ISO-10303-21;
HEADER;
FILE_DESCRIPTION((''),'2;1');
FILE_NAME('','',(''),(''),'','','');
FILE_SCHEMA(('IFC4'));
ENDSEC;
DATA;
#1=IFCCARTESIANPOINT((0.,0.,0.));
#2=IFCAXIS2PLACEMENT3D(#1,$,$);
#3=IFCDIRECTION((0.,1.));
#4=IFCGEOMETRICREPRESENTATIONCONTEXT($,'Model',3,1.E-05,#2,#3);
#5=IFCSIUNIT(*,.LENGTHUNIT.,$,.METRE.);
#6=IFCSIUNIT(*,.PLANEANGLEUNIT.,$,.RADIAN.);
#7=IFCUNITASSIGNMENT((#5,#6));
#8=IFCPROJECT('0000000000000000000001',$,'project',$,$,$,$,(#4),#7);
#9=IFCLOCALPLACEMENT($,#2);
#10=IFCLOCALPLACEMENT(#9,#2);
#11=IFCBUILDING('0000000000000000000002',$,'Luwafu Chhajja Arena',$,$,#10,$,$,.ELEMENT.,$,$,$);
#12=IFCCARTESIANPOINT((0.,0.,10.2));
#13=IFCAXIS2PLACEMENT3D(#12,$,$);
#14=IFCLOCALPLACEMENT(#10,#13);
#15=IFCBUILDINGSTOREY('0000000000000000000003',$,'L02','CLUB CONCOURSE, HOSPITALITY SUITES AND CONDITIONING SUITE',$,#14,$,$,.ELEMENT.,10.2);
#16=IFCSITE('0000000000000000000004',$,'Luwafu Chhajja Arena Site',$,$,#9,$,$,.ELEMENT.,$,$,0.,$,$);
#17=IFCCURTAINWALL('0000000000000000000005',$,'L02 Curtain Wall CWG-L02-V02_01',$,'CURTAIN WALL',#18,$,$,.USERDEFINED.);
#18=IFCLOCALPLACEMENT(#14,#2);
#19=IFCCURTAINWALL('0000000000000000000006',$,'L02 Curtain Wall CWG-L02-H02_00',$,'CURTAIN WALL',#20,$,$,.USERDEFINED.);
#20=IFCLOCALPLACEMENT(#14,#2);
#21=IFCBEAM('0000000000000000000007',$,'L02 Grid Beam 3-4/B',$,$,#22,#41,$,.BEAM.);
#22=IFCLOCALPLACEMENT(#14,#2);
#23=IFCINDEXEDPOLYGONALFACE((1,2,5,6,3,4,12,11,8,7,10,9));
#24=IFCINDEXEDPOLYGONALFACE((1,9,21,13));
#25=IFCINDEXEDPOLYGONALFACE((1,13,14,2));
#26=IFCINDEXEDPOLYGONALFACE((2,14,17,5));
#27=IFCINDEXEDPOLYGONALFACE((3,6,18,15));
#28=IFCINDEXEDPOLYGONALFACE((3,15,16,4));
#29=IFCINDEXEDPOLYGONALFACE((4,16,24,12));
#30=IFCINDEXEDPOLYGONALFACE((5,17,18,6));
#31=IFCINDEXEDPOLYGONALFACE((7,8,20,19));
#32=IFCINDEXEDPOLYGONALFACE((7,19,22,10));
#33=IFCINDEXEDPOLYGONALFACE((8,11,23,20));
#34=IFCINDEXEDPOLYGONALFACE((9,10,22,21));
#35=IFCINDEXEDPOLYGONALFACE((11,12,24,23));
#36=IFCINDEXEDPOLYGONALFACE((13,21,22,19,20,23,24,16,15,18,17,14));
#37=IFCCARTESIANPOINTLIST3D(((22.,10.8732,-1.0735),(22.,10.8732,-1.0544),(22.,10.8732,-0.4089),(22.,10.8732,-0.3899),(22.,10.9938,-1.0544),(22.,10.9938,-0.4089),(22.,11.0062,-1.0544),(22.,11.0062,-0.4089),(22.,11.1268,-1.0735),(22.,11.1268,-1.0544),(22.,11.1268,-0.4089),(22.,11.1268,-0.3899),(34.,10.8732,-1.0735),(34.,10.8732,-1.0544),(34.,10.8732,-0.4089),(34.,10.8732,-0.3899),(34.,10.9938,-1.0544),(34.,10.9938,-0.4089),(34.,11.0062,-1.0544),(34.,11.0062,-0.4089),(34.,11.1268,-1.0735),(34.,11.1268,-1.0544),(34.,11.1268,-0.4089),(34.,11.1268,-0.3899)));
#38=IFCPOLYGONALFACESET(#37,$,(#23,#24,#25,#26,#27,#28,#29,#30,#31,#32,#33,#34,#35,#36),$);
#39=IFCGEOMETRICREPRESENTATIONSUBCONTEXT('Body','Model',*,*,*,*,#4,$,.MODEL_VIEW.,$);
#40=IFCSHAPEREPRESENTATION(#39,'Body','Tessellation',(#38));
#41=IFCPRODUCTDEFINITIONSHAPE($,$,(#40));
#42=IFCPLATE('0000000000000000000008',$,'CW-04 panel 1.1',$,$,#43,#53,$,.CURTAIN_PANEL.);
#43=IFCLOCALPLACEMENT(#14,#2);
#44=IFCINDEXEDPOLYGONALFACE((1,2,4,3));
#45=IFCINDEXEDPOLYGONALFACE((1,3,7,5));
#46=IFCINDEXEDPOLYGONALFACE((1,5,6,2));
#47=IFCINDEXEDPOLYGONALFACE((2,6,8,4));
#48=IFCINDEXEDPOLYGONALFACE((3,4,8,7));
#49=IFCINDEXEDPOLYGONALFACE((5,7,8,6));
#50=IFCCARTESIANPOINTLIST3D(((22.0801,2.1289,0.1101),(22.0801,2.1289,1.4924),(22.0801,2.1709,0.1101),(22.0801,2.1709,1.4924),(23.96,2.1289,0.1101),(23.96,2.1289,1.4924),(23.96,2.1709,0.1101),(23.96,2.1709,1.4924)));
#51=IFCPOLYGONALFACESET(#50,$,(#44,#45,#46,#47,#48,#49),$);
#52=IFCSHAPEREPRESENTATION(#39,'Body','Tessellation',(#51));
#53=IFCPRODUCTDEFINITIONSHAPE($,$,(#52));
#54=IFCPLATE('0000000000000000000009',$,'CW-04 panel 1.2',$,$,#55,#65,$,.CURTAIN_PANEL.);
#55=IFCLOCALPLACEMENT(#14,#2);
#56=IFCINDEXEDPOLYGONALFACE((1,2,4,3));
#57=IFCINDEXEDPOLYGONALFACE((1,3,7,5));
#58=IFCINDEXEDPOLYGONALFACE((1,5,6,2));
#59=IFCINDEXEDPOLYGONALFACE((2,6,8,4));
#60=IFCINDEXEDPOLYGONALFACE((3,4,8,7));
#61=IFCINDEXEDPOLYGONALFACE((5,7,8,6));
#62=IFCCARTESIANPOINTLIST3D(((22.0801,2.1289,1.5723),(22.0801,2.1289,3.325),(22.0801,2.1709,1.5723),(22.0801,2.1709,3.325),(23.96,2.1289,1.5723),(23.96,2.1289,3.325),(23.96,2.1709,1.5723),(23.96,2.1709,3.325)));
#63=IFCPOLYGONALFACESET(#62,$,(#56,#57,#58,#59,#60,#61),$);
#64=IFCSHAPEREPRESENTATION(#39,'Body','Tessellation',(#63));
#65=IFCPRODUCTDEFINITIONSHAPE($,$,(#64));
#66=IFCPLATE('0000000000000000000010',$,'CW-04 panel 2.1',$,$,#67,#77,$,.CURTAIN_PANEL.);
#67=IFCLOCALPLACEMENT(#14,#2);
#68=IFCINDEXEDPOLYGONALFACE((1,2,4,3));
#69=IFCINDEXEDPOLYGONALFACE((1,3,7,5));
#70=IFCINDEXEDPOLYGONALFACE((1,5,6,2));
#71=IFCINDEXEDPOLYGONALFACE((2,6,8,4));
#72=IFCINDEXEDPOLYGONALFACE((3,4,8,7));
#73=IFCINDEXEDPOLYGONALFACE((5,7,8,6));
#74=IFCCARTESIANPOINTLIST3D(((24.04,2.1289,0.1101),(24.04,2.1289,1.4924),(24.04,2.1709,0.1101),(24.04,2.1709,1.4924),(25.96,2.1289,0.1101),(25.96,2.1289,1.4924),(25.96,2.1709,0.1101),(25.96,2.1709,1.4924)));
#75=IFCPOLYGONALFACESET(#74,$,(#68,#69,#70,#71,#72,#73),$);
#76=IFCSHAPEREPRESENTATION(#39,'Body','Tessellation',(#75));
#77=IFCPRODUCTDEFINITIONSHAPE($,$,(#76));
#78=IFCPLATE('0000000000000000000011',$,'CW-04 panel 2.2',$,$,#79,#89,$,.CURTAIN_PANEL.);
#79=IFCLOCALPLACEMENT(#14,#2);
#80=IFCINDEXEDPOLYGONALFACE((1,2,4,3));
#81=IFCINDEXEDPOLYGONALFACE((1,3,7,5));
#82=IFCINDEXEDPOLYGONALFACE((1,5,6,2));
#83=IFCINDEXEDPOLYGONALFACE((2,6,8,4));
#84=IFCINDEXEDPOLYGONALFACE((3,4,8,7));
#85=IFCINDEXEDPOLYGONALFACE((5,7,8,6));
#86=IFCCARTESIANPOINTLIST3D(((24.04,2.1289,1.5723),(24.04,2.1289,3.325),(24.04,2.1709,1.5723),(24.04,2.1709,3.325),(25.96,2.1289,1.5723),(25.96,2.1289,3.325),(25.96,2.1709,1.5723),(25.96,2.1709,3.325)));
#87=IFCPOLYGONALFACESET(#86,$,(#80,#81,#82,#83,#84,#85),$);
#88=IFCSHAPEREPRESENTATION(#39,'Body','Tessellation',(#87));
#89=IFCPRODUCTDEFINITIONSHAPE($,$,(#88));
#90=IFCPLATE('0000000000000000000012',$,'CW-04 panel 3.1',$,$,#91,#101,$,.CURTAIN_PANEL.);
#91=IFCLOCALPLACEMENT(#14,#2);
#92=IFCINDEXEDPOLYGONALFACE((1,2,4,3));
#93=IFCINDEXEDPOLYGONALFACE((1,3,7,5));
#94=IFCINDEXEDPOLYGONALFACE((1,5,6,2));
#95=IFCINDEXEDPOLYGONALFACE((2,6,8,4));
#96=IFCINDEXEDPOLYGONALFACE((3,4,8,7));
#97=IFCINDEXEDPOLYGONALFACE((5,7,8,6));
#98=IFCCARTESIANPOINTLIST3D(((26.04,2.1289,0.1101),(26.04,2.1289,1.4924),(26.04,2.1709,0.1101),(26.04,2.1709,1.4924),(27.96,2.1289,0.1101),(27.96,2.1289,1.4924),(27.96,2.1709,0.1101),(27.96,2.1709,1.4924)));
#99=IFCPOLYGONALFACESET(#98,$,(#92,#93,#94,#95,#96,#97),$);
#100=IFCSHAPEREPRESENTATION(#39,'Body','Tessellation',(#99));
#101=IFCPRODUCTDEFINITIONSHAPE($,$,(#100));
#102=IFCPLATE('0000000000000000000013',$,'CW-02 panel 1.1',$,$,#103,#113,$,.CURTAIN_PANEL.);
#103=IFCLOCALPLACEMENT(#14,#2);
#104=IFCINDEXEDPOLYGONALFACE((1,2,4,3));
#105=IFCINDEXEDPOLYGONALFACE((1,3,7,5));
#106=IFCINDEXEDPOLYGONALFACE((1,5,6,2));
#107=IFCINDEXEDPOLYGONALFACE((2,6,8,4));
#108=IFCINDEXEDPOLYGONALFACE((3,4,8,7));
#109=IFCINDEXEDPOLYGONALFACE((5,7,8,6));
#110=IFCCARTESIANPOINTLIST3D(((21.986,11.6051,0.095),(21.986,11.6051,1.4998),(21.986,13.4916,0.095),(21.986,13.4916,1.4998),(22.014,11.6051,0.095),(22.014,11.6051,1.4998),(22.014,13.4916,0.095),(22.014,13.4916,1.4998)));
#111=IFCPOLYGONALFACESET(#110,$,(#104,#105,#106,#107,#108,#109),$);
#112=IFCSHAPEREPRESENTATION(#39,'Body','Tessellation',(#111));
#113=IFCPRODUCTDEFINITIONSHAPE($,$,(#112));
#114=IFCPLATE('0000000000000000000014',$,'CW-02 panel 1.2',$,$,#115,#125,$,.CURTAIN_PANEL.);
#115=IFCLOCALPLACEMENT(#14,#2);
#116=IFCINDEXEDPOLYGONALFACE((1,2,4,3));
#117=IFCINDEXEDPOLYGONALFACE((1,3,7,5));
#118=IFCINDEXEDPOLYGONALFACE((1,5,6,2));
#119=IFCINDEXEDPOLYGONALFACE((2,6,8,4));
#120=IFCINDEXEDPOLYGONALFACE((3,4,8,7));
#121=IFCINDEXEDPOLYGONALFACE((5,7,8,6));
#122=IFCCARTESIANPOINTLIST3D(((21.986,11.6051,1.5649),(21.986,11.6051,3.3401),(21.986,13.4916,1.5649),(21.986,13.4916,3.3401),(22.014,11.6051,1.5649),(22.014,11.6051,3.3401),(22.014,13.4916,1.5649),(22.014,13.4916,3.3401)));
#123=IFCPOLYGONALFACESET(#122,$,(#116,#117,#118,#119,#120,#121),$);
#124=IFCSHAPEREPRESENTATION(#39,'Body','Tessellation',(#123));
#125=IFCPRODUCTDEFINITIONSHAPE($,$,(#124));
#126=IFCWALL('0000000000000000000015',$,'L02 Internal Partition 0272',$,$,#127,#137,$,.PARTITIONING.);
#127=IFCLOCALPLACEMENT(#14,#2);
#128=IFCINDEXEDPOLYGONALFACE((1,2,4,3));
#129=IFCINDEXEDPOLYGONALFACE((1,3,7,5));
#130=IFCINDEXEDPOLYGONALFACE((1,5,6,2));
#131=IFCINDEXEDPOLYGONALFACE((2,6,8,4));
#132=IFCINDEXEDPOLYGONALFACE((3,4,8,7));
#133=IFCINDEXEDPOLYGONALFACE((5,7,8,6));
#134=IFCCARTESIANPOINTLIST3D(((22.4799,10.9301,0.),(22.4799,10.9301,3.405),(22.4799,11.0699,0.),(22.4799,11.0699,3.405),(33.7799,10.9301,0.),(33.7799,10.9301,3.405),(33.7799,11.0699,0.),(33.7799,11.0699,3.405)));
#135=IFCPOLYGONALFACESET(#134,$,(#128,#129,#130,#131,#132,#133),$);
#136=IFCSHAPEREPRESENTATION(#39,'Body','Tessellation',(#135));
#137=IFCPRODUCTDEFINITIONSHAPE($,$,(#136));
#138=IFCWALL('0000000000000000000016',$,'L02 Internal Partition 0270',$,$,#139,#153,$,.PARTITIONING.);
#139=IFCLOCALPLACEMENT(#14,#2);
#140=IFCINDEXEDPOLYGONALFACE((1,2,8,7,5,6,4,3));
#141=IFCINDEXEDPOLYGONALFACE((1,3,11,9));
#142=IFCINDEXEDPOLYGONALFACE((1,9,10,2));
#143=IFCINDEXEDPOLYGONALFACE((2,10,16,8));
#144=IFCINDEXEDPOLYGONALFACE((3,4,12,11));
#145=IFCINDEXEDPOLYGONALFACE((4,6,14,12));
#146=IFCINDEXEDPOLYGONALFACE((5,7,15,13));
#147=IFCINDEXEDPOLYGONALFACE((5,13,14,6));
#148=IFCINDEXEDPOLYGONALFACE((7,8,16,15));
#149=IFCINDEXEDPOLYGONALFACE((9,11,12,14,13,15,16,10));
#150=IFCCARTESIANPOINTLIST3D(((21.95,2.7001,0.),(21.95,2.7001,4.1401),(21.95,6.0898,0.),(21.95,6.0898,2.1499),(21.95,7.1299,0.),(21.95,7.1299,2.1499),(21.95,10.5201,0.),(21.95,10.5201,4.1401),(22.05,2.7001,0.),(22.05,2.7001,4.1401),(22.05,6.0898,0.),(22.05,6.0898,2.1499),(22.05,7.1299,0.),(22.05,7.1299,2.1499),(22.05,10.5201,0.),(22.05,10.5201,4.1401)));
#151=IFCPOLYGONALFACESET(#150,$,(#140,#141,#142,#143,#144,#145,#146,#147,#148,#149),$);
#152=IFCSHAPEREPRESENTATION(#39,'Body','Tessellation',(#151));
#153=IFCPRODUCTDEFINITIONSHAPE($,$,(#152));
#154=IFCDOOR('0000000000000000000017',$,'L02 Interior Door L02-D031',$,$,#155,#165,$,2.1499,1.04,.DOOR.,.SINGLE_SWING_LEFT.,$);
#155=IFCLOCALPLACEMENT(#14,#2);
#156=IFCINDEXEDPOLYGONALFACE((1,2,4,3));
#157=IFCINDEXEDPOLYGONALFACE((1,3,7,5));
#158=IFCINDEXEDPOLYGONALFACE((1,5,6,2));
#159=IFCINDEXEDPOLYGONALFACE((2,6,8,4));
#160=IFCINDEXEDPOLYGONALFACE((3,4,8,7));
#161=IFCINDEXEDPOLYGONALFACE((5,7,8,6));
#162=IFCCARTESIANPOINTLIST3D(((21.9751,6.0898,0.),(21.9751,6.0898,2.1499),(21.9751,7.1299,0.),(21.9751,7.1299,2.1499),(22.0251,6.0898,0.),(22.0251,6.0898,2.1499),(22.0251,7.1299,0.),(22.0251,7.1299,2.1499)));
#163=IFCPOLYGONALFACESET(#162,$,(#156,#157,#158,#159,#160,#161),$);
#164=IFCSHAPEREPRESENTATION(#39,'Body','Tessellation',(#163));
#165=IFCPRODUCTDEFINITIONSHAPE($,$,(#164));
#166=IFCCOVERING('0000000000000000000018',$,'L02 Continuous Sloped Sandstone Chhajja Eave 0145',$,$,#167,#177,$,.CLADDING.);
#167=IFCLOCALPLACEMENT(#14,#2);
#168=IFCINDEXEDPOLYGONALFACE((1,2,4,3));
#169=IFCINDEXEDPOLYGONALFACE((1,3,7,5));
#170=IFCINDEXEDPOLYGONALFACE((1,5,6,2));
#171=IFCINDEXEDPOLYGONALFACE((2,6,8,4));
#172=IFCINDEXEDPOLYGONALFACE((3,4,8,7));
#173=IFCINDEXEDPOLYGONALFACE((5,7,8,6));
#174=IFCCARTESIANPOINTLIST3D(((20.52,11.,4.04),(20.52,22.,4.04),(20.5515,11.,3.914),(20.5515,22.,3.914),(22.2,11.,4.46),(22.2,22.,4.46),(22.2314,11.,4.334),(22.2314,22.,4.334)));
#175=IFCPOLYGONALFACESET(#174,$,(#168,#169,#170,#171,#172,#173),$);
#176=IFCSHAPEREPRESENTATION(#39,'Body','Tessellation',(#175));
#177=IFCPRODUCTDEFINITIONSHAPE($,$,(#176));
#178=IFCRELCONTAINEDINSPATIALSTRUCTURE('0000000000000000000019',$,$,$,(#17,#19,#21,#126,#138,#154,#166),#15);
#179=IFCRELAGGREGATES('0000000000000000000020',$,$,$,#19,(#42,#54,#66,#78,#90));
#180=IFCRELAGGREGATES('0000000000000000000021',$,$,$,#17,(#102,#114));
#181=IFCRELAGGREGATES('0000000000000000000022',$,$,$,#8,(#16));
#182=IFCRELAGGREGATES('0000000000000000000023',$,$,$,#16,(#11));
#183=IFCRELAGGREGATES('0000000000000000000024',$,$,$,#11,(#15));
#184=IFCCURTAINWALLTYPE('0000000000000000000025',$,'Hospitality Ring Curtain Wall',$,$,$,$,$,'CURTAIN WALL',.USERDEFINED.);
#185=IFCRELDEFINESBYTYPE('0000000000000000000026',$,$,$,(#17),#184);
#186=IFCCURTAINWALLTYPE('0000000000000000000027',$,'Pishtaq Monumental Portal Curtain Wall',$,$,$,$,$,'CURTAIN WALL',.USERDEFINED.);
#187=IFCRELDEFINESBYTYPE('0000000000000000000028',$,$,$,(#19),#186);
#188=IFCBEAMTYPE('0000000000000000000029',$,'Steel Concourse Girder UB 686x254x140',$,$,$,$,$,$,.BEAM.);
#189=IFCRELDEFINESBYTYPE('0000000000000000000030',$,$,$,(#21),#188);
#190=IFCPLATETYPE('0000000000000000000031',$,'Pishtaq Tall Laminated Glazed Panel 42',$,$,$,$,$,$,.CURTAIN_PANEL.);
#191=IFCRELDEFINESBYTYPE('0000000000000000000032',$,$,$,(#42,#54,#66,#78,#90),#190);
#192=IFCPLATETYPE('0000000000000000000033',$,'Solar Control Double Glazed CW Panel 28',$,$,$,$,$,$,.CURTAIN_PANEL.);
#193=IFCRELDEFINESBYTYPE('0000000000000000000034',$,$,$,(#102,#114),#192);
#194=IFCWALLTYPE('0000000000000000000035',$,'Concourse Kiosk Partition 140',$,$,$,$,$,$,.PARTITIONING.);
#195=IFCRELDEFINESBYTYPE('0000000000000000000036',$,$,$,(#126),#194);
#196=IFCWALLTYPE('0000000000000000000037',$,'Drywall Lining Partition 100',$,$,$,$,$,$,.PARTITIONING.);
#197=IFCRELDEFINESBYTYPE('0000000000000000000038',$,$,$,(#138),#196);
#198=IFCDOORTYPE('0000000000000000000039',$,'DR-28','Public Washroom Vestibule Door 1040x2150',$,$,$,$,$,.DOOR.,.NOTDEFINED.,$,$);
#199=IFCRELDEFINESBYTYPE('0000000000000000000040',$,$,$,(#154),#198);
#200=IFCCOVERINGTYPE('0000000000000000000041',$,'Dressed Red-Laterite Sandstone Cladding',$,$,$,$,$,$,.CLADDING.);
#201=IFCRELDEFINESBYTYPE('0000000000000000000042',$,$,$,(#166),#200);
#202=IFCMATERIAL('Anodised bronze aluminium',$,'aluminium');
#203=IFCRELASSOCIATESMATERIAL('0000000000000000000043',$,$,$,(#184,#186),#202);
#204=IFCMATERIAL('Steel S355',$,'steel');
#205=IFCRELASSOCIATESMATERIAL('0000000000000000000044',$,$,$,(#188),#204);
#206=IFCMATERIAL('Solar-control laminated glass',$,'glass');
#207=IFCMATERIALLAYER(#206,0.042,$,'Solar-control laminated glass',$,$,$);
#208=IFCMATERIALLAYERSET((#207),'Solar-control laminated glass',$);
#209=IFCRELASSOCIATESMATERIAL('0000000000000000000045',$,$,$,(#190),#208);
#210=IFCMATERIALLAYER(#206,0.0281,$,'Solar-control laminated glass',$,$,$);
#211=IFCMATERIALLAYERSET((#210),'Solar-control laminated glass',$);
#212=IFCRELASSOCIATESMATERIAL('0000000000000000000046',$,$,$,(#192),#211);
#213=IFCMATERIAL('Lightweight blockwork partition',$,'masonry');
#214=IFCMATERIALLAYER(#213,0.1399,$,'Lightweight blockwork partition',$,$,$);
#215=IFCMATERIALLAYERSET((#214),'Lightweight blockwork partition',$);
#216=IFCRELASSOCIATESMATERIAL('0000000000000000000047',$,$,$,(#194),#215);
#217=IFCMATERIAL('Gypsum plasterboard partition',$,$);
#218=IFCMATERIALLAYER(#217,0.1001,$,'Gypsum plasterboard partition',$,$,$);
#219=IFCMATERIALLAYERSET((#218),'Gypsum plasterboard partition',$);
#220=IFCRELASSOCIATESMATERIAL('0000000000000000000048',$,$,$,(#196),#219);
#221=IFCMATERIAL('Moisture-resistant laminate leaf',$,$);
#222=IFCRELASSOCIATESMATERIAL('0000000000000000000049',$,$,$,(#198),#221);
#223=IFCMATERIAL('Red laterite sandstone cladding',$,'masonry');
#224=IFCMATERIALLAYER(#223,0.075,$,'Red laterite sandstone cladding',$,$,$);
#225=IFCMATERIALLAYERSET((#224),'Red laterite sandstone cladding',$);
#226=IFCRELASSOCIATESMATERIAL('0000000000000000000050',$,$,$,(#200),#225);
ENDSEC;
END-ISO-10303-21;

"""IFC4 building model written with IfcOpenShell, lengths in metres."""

from ifc_helpers import new_model, si_unit, direction, frame, frame_2d, origin, origin_2d, place, context, subcontext, project, spatial, polyline, rectangle, i_section, outline, extrude, material, layer, layer_set, material_profile, profile_set, type_object, element, fill, aggregate, save


model = new_model("IFC4")

# Units and contexts
model_context = context("Model", 3, precision=1e-05, world=origin(), true_north=direction((0.0, 1.0)))
body_context = subcontext(model_context, "Body", "Model", "MODEL_VIEW")
ifc_project = project(units=[si_unit("LENGTHUNIT", "METRE"), si_unit("PLANEANGLEUNIT", "RADIAN")], contexts=[model_context])

# Site, building, storey
site_placement = place(None, origin())
site = spatial("IfcSite", under=ifc_project, at=site_placement, Name="Luwafu Chhajja Arena Site", CompositionType="ELEMENT", RefElevation=0.0)
building_placement = place(site_placement, origin())
building = spatial("IfcBuilding", under=site, at=building_placement, Name="Luwafu Chhajja Arena", CompositionType="ELEMENT")
storey_placement = place(building_placement, frame((0.0, 0.0, 10.2)))
storey = spatial("IfcBuildingStorey", under=building, at=storey_placement, Name="L02", Description="CLUB CONCOURSE, HOSPITALITY SUITES AND CONDITIONING SUITE", CompositionType="ELEMENT", Elevation=10.2)

# Curtain walls
ifc_material_1 = material(Name="Anodised bronze aluminium", Category="aluminium")
curtain_wall_type_1 = type_object("IfcCurtainWallType", Name="Hospitality Ring Curtain Wall", ElementType="CURTAIN WALL", PredefinedType="USERDEFINED", material=ifc_material_1)
curtain_wall_1_placement = place(storey_placement, origin())
curtain_wall_1 = element("IfcCurtainWall", 1, at=curtain_wall_1_placement, inside=storey, type_object=curtain_wall_type_1, Name="L02 Curtain Wall CWG-L02-V02_01", ObjectType="CURTAIN WALL", PredefinedType="USERDEFINED")
curtain_wall_type_2 = type_object("IfcCurtainWallType", Name="Pishtaq Monumental Portal Curtain Wall", ElementType="CURTAIN WALL", PredefinedType="USERDEFINED", material=ifc_material_1)
curtain_wall_2_placement = place(storey_placement, origin())
curtain_wall_2 = element("IfcCurtainWall", 2, at=curtain_wall_2_placement, inside=storey, type_object=curtain_wall_type_2, Name="L02 Curtain Wall CWG-L02-H02_00", ObjectType="CURTAIN WALL", PredefinedType="USERDEFINED")

# Beam
ifc_material_2 = material(Name="Steel S355", Category="steel")
ifc_material_profile_1 = material_profile(ifc_material_2, i_section(OverallWidth=0.2537, OverallDepth=0.6836, WebThickness=0.0125, FlangeThickness=0.019, at=origin_2d()), Name="UB 686x254x140")
ifc_profile_set_1 = profile_set([ifc_material_profile_1], Name="Steel S355")
beam_type_1 = type_object("IfcBeamType", Name="Steel Concourse Girder UB 686x254x140", PredefinedType="BEAM", material=ifc_profile_set_1)
beam_1_placement = place(storey_placement, frame((22.0, 11.0, -0.7317), z_axis=(1.0, 0.0, 0.0), x_axis=(0.0, 1.0, 0.0)))
element("IfcBeam", 3, at=beam_1_placement, inside=storey, type_object=beam_type_1, Name="L02 Grid Beam 3-4/B", PredefinedType="BEAM", context=body_context, shape_type="SweptSolid", body=[
    extrude(i_section(OverallWidth=0.2537, OverallDepth=0.6836, WebThickness=0.0125, FlangeThickness=0.019, at=origin_2d()), origin(), (0.0, 0.0, 1.0), 12.0),
])

# Plates
ifc_material_3 = material(Name="Solar-control laminated glass", Category="glass")
ifc_layer_1 = layer(ifc_material_3, 0.042, Name="Solar-control laminated glass")
ifc_layer_set_1 = layer_set([ifc_layer_1], Name="Solar-control laminated glass")
plate_type_1 = type_object("IfcPlateType", Name="Pishtaq Tall Laminated Glazed Panel 42", PredefinedType="CURTAIN_PANEL", material=ifc_layer_set_1)
plate_1_placement = place(storey_placement, frame((23.02, 2.1499, 0.1101), z_axis=(0.0, 0.0, 1.0), x_axis=(1.0, 0.0, 0.0)))
plate_1 = element("IfcPlate", 4, at=plate_1_placement, type_object=plate_type_1, Name="CW-04 panel 1.1", PredefinedType="CURTAIN_PANEL", context=body_context, shape_type="SweptSolid", body=[
    extrude(rectangle(XDim=1.8799, YDim=0.042, at=origin_2d()), origin(), (0.0, 0.0, 1.0), 1.3823),
])
plate_2_placement = place(storey_placement, frame((23.02, 2.1499, 1.5723), z_axis=(0.0, 0.0, 1.0), x_axis=(1.0, 0.0, 0.0)))
plate_2 = element("IfcPlate", 5, at=plate_2_placement, type_object=plate_type_1, Name="CW-04 panel 1.2", PredefinedType="CURTAIN_PANEL", context=body_context, shape_type="SweptSolid", body=[
    extrude(rectangle(XDim=1.8799, YDim=0.042, at=origin_2d()), origin(), (0.0, 0.0, 1.0), 1.7527),
])
plate_3_placement = place(storey_placement, frame((25.0, 2.1499, 0.1101), z_axis=(0.0, 0.0, 1.0), x_axis=(1.0, 0.0, 0.0)))
plate_3 = element("IfcPlate", 6, at=plate_3_placement, type_object=plate_type_1, Name="CW-04 panel 2.1", PredefinedType="CURTAIN_PANEL", context=body_context, shape_type="SweptSolid", body=[
    extrude(rectangle(XDim=1.9199, YDim=0.042, at=origin_2d()), origin(), (0.0, 0.0, 1.0), 1.3823),
])
plate_4_placement = place(storey_placement, frame((25.0, 2.1499, 1.5723), z_axis=(0.0, 0.0, 1.0), x_axis=(1.0, 0.0, 0.0)))
plate_4 = element("IfcPlate", 7, at=plate_4_placement, type_object=plate_type_1, Name="CW-04 panel 2.2", PredefinedType="CURTAIN_PANEL", context=body_context, shape_type="SweptSolid", body=[
    extrude(rectangle(XDim=1.9199, YDim=0.042, at=origin_2d()), origin(), (0.0, 0.0, 1.0), 1.7527),
])
plate_5_placement = place(storey_placement, frame((27.0, 2.1499, 0.1101), z_axis=(0.0, 0.0, 1.0), x_axis=(1.0, 0.0, 0.0)))
plate_5 = element("IfcPlate", 8, at=plate_5_placement, type_object=plate_type_1, Name="CW-04 panel 3.1", PredefinedType="CURTAIN_PANEL", context=body_context, shape_type="SweptSolid", body=[
    extrude(rectangle(XDim=1.9199, YDim=0.042, at=origin_2d()), origin(), (0.0, 0.0, 1.0), 1.3823),
])
aggregate(curtain_wall_2, [plate_1, plate_2, plate_3, plate_4, plate_5])
ifc_layer_2 = layer(ifc_material_3, 0.0281, Name="Solar-control laminated glass")
ifc_layer_set_2 = layer_set([ifc_layer_2], Name="Solar-control laminated glass")
plate_type_2 = type_object("IfcPlateType", Name="Solar Control Double Glazed CW Panel 28", PredefinedType="CURTAIN_PANEL", material=ifc_layer_set_2)
plate_6_placement = place(storey_placement, frame((22.0, 12.5483, 0.095), z_axis=(0.0, 0.0, 1.0), x_axis=(0.0, 1.0, 0.0)))
plate_6 = element("IfcPlate", 9, at=plate_6_placement, type_object=plate_type_2, Name="CW-02 panel 1.1", PredefinedType="CURTAIN_PANEL", context=body_context, shape_type="SweptSolid", body=[
    extrude(rectangle(XDim=1.8865, YDim=0.0281, at=origin_2d()), origin(), (0.0, 0.0, 1.0), 1.4048),
])
plate_7_placement = place(storey_placement, frame((22.0, 12.5483, 1.5649), z_axis=(0.0, 0.0, 1.0), x_axis=(0.0, 1.0, 0.0)))
plate_7 = element("IfcPlate", 10, at=plate_7_placement, type_object=plate_type_2, Name="CW-02 panel 1.2", PredefinedType="CURTAIN_PANEL", context=body_context, shape_type="SweptSolid", body=[
    extrude(rectangle(XDim=1.8865, YDim=0.0281, at=origin_2d()), origin(), (0.0, 0.0, 1.0), 1.7751),
])
aggregate(curtain_wall_1, [plate_6, plate_7])

# Wall
ifc_material_4 = material(Name="Lightweight blockwork partition", Category="masonry")
ifc_layer_3 = layer(ifc_material_4, 0.1399, Name="Lightweight blockwork partition")
ifc_layer_set_3 = layer_set([ifc_layer_3], Name="Lightweight blockwork partition")
wall_type_1 = type_object("IfcWallType", Name="Concourse Kiosk Partition 140", PredefinedType="PARTITIONING", material=ifc_layer_set_3)
wall_1_placement = place(storey_placement, frame((22.48, 11.0, 0.0), z_axis=(0.0, 0.0, 1.0), x_axis=(1.0, 0.0, 0.0)))
element("IfcWall", 11, at=wall_1_placement, inside=storey, type_object=wall_type_1, Name="L02 Internal Partition 0272", PredefinedType="PARTITIONING", context=body_context, shape_type="SweptSolid", body=[
    extrude(rectangle(XDim=11.3, YDim=0.1399, at=frame_2d((5.6499, 0.0))), origin(), (0.0, 0.0, 1.0), 3.405),
])

# Wall, opening, door
ifc_material_5 = material(Name="Gypsum plasterboard partition")
ifc_layer_4 = layer(ifc_material_5, 0.1001, Name="Gypsum plasterboard partition")
ifc_layer_set_4 = layer_set([ifc_layer_4], Name="Gypsum plasterboard partition")
wall_type_2 = type_object("IfcWallType", Name="Drywall Lining Partition 100", PredefinedType="PARTITIONING", material=ifc_layer_set_4)
wall_2_placement = place(storey_placement, frame((22.0, 2.7, 0.0), z_axis=(0.0, 0.0, 1.0), x_axis=(0.0, 1.0, 0.0)))
wall_2 = element("IfcWall", 12, at=wall_2_placement, inside=storey, type_object=wall_type_2, Name="L02 Internal Partition 0270", PredefinedType="PARTITIONING", context=body_context, shape_type="SweptSolid", body=[
    extrude(rectangle(XDim=7.8201, YDim=0.1001, at=frame_2d((3.9102, 0.0))), origin(), (0.0, 0.0, 1.0), 4.1401),
])
opening_placement = place(wall_2_placement, frame((3.3899, 0.0, 0.0)))
opening = element("IfcOpeningElement", 13, at=opening_placement, cuts=wall_2, PredefinedType="OPENING", context=body_context, shape_type="SweptSolid", body=[
    extrude(rectangle(XDim=1.04, YDim=2.1499, at=frame_2d((0.52, 1.075))), frame((0.0, 0.0601, 0.0), z_axis=(0.0, -1.0, 0.0), x_axis=(1.0, 0.0, 0.0)), (0.0, 0.0, 1.0), 0.1201),
])
ifc_material_6 = material(Name="Moisture-resistant laminate leaf")
door_type = type_object("IfcDoorType", Name="DR-28", Description="Public Washroom Vestibule Door 1040x2150", OperationType="NOTDEFINED", PredefinedType="DOOR", material=ifc_material_6)
door_placement = place(opening_placement, origin())
door = element("IfcDoor", 14, at=door_placement, inside=storey, type_object=door_type, Name="L02 Interior Door L02-D031", OperationType="SINGLE_SWING_LEFT", OverallHeight=2.1499, OverallWidth=1.04, PredefinedType="DOOR", context=body_context, shape_type="SweptSolid", body=[
    extrude(rectangle(XDim=1.04, YDim=2.1499, at=frame_2d((0.52, 1.075))), frame((0.0, 0.0249, 0.0), z_axis=(0.0, -1.0, 0.0), x_axis=(1.0, 0.0, 0.0)), (0.0, 0.0, 1.0), 0.05),
])
fill(opening, door)

# Covering
ifc_material_7 = material(Name="Red laterite sandstone cladding", Category="masonry")
ifc_layer_5 = layer(ifc_material_7, 0.075, Name="Red laterite sandstone cladding")
ifc_layer_set_5 = layer_set([ifc_layer_5], Name="Red laterite sandstone cladding")
covering_type = type_object("IfcCoveringType", Name="Dressed Red-Laterite Sandstone Cladding", PredefinedType="CLADDING", material=ifc_layer_set_5)
covering_placement = place(storey_placement, frame((22.2, 11.0, 4.46), z_axis=(-0.242502, 0.0, 0.970151), x_axis=(0.0, 1.0, 0.0)))
element("IfcCovering", 15, at=covering_placement, inside=storey, type_object=covering_type, Name="L02 Continuous Sloped Sandstone Chhajja Eave 0145", PredefinedType="CLADDING", context=body_context, shape_type="SweptSolid", body=[
    extrude(outline(polyline([(0.0, 0.0), (11.0, 0.0), (11.0, 1.7316), (0.0, 1.7316), (0.0, 0.0)])), origin(), (0.0, 0.0, -1.0), 0.1299),
])

save(model, "model.ifc")
